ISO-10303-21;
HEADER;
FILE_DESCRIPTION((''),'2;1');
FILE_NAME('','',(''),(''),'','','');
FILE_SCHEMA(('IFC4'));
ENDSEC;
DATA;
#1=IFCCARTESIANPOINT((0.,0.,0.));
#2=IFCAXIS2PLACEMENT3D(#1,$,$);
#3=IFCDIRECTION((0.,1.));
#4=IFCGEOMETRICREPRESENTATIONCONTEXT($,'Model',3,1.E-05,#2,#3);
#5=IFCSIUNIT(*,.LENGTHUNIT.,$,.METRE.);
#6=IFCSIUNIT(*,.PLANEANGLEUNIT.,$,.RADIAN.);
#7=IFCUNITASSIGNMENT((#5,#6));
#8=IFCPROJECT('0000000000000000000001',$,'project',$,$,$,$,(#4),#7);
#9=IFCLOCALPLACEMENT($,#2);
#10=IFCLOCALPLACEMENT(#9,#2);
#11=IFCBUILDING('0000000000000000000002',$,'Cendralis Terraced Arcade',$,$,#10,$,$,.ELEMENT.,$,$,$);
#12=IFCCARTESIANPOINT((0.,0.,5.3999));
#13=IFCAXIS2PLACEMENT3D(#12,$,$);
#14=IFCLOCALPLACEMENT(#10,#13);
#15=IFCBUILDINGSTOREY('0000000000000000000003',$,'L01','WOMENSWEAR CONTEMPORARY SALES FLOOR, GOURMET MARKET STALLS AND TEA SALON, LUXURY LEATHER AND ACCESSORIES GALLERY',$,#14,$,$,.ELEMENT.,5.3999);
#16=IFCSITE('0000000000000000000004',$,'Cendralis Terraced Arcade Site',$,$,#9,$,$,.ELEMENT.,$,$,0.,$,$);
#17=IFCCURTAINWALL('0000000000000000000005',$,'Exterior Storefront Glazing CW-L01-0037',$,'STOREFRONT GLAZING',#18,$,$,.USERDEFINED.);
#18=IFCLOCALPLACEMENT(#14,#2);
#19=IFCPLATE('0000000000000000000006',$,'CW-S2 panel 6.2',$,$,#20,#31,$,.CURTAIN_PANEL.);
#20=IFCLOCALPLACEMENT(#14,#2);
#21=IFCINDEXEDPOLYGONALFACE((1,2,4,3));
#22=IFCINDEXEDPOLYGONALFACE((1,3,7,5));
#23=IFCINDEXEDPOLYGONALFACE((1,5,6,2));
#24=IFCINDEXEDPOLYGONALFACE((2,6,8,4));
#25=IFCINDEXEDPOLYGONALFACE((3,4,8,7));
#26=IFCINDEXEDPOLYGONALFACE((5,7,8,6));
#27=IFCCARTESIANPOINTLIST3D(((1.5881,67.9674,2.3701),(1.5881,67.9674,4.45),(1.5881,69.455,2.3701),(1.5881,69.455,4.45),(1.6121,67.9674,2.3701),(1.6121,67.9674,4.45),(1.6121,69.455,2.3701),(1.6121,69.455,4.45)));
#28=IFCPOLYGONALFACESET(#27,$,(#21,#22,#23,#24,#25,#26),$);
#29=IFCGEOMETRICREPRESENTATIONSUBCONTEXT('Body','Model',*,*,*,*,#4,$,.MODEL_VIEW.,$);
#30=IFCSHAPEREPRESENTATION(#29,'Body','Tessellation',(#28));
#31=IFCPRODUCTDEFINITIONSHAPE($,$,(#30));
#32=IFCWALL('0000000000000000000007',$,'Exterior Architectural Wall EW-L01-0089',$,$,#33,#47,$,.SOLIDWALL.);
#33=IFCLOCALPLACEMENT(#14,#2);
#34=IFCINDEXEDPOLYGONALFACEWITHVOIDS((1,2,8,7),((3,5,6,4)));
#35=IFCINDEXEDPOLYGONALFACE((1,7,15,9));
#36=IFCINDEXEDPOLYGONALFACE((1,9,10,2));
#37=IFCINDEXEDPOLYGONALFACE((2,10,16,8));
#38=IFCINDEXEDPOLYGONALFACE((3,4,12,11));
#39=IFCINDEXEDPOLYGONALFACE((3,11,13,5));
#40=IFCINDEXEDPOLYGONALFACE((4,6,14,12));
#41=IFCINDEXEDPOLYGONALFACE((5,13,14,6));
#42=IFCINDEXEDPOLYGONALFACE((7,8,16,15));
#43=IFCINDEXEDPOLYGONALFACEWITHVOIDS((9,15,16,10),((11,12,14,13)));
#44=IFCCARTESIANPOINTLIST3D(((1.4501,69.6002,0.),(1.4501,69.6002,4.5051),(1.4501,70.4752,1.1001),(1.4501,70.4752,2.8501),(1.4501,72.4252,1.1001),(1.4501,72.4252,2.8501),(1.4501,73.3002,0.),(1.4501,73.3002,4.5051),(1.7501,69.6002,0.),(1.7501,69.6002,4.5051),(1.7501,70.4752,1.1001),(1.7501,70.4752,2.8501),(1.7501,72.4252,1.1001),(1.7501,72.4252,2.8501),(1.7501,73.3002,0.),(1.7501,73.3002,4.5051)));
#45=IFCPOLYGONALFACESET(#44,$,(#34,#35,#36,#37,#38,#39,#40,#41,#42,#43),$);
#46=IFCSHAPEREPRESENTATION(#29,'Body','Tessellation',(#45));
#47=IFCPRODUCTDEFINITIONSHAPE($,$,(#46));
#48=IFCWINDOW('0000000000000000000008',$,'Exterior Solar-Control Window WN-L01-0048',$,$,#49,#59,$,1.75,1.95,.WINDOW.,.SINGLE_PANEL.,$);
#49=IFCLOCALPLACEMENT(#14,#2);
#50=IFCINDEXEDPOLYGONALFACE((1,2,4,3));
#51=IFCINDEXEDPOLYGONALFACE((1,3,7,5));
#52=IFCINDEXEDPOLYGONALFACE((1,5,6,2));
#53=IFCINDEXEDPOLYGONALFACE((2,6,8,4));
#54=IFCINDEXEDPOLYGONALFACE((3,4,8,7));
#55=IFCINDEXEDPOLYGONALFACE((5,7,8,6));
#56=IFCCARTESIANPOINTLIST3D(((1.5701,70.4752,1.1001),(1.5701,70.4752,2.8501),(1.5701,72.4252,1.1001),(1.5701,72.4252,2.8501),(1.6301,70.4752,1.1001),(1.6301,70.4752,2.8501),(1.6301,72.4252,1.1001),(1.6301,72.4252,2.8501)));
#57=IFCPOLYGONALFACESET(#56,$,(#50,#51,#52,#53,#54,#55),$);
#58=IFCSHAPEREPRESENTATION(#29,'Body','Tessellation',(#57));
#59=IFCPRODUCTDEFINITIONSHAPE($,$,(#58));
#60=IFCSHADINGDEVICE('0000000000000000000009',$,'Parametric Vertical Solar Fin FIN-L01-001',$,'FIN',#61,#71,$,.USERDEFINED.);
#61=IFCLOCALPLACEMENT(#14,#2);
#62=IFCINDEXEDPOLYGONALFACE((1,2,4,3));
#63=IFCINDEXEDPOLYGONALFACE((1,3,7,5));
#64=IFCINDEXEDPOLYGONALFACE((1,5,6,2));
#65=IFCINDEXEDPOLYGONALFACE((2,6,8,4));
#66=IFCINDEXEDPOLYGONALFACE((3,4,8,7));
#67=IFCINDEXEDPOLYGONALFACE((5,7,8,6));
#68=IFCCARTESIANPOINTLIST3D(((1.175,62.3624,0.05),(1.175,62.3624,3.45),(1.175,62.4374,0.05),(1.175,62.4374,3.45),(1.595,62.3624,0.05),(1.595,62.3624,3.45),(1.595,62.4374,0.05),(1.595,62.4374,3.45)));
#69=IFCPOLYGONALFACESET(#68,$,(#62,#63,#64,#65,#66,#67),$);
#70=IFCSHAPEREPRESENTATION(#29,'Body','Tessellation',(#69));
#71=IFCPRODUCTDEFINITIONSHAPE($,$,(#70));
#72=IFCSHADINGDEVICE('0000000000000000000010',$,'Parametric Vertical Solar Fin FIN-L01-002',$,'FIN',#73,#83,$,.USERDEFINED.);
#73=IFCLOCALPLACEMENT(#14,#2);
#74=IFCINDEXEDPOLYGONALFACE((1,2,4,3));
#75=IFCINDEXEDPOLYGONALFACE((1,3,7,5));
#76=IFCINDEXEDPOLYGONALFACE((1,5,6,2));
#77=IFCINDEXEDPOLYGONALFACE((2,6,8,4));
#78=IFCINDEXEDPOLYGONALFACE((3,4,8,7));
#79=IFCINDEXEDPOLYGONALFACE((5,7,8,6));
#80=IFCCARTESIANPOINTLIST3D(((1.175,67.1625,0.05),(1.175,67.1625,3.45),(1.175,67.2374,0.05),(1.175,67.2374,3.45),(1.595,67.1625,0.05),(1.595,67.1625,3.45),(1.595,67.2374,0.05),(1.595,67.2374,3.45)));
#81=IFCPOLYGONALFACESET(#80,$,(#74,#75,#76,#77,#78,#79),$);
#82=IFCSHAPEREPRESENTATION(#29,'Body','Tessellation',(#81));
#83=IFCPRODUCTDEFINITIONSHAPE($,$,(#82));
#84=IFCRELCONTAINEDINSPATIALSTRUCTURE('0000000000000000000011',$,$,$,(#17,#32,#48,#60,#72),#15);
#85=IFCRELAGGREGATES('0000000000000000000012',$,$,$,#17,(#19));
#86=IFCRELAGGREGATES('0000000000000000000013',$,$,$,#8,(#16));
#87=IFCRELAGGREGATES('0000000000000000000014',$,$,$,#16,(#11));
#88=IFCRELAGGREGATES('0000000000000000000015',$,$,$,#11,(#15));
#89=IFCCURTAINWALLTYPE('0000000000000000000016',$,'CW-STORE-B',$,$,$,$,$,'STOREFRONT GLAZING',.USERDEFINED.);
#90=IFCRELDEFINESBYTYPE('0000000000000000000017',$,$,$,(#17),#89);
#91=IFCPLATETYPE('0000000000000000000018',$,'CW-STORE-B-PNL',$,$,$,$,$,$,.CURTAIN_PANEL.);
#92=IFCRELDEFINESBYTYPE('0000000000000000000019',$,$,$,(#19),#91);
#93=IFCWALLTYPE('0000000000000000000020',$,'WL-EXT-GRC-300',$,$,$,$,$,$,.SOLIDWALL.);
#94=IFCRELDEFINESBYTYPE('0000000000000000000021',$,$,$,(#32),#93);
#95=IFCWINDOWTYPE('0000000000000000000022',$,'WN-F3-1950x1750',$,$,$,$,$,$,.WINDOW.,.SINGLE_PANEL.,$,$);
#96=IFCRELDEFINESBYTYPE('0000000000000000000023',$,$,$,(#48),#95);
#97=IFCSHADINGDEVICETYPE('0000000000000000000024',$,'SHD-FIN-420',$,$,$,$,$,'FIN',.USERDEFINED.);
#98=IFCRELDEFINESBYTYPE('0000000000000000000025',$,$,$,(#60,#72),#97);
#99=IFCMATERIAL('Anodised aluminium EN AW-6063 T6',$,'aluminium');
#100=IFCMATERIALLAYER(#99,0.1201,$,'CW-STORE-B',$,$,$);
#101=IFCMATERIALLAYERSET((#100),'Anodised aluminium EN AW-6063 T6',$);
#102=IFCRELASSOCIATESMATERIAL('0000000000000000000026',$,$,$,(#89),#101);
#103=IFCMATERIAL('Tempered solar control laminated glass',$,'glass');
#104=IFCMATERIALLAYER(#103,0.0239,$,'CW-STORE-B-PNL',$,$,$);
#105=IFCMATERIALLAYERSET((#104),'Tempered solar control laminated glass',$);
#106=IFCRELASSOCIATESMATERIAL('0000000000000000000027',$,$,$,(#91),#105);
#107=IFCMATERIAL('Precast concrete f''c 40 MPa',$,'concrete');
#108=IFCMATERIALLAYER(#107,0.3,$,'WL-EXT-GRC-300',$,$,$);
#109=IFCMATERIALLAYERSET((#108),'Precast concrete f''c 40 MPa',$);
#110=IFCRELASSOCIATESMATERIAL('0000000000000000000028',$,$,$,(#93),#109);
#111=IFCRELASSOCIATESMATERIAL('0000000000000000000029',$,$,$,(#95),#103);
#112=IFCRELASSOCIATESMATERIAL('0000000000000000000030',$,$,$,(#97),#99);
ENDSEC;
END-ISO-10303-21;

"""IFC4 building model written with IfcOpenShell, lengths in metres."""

from ifc_helpers import new_model, si_unit, direction, frame, frame_2d, origin, origin_2d, place, context, subcontext, project, spatial, rectangle, extrude, material, layer, layer_set, type_object, element, fill, aggregate, save


model = new_model("IFC4")

# Units and contexts
model_context = context("Model", 3, precision=1e-05, world=origin(), true_north=direction((0.0, 1.0)))
body_context = subcontext(model_context, "Body", "Model", "MODEL_VIEW")
ifc_project = project(units=[si_unit("LENGTHUNIT", "METRE"), si_unit("PLANEANGLEUNIT", "RADIAN")], contexts=[model_context])

# Site, building, storey
site_placement = place(None, origin())
site = spatial("IfcSite", under=ifc_project, at=site_placement, Name="Cendralis Terraced Arcade Site", CompositionType="ELEMENT", RefElevation=0.0)
building_placement = place(site_placement, origin())
building = spatial("IfcBuilding", under=site, at=building_placement, Name="Cendralis Terraced Arcade", CompositionType="ELEMENT")
storey_placement = place(building_placement, frame((0.0, 0.0, 5.3999)))
storey = spatial("IfcBuildingStorey", under=building, at=storey_placement, Name="L01", Description="WOMENSWEAR CONTEMPORARY SALES FLOOR, GOURMET MARKET STALLS AND TEA SALON, LUXURY LEATHER AND ACCESSORIES GALLERY", CompositionType="ELEMENT", Elevation=5.3999)

# Curtain wall, plate
ifc_material_1 = material(Name="Anodised aluminium EN AW-6063 T6", Category="aluminium")
ifc_layer_1 = layer(ifc_material_1, 0.1201, Name="CW-STORE-B")
ifc_layer_set_1 = layer_set([ifc_layer_1], Name="Anodised aluminium EN AW-6063 T6")
curtain_wall_type = type_object("IfcCurtainWallType", Name="CW-STORE-B", ElementType="STOREFRONT GLAZING", PredefinedType="USERDEFINED", material=ifc_layer_set_1)
curtain_wall_placement = place(storey_placement, origin())
curtain_wall = element("IfcCurtainWall", 1, at=curtain_wall_placement, inside=storey, type_object=curtain_wall_type, Name="Exterior Storefront Glazing CW-L01-0037", ObjectType="STOREFRONT GLAZING", PredefinedType="USERDEFINED")
ifc_material_2 = material(Name="Tempered solar control laminated glass", Category="glass")
ifc_layer_2 = layer(ifc_material_2, 0.0239, Name="CW-STORE-B-PNL")
ifc_layer_set_2 = layer_set([ifc_layer_2], Name="Tempered solar control laminated glass")
plate_type = type_object("IfcPlateType", Name="CW-STORE-B-PNL", PredefinedType="CURTAIN_PANEL", material=ifc_layer_set_2)
plate_1_placement = place(storey_placement, frame((1.6001, 68.7112, 2.3701), z_axis=(0.0, 0.0, 1.0), x_axis=(0.0, 1.0, 0.0)))
plate_1 = element("IfcPlate", 2, at=plate_1_placement, type_object=plate_type, Name="CW-S2 panel 6.2", PredefinedType="CURTAIN_PANEL", context=body_context, shape_type="SweptSolid", body=[
    extrude(rectangle(XDim=1.4875, YDim=0.0239, at=origin_2d()), origin(), (0.0, 0.0, 1.0), 2.0798),
])
aggregate(curtain_wall, [plate_1])

# Wall, opening, window
ifc_material_3 = material(Name="Precast concrete f'c 40 MPa", Category="concrete")
ifc_layer_3 = layer(ifc_material_3, 0.3, Name="WL-EXT-GRC-300")
ifc_layer_set_3 = layer_set([ifc_layer_3], Name="Precast concrete f'c 40 MPa")
wall_type = type_object("IfcWallType", Name="WL-EXT-GRC-300", PredefinedType="SOLIDWALL", material=ifc_layer_set_3)
wall_placement = place(storey_placement, frame((1.6001, 69.6001, 0.0), z_axis=(0.0, 0.0, 1.0), x_axis=(0.0, 1.0, 0.0)))
wall = element("IfcWall", 3, at=wall_placement, inside=storey, type_object=wall_type, Name="Exterior Architectural Wall EW-L01-0089", PredefinedType="SOLIDWALL", context=body_context, shape_type="SweptSolid", body=[
    extrude(rectangle(XDim=3.7, YDim=0.3, at=frame_2d((1.8501, 0.0))), origin(), (0.0, 0.0, 1.0), 4.5051),
])
opening_placement = place(wall_placement, frame((0.875, 0.0, 1.1001)))
opening = element("IfcOpeningElement", 4, at=opening_placement, cuts=wall, PredefinedType="OPENING", context=body_context, shape_type="SweptSolid", body=[
    extrude(rectangle(XDim=1.95, YDim=1.75, at=frame_2d((0.9751, 0.875))), frame((0.0, 0.1621, 0.0), z_axis=(0.0, -1.0, 0.0), x_axis=(1.0, 0.0, 0.0)), (0.0, 0.0, 1.0), 0.324),
])
window_type = type_object("IfcWindowType", Name="WN-F3-1950x1750", PartitioningType="SINGLE_PANEL", PredefinedType="WINDOW", material=ifc_material_2)
window_placement = place(opening_placement, origin())
window = element("IfcWindow", 5, at=window_placement, inside=storey, type_object=window_type, Name="Exterior Solar-Control Window WN-L01-0048", OverallHeight=1.75, OverallWidth=1.95, PartitioningType="SINGLE_PANEL", PredefinedType="WINDOW", context=body_context, shape_type="SweptSolid", body=[
    extrude(rectangle(XDim=1.95, YDim=1.75, at=frame_2d((0.9751, 0.875))), frame((0.0, 0.03, 0.0), z_axis=(0.0, -1.0, 0.0), x_axis=(1.0, 0.0, 0.0)), (0.0, 0.0, 1.0), 0.0601),
])
fill(opening, window)

# Shading devices
shading_device_type = type_object("IfcShadingDeviceType", Name="SHD-FIN-420", ElementType="FIN", PredefinedType="USERDEFINED", material=ifc_material_1)
for number, where, z_axis, x_axis, name in (
    (6, (1.385, 62.3999, 0.05), (0.0, 0.0, 1.0), (0.0, 1.0, 0.0), "Parametric Vertical Solar Fin FIN-L01-001"),
    (7, (1.385, 67.2, 0.05), (0.0, 0.0, 1.0), (0.0, 1.0, 0.0), "Parametric Vertical Solar Fin FIN-L01-002"),
):
    element("IfcShadingDevice", number, at=place(storey_placement, frame(where, z_axis=z_axis, x_axis=x_axis)), inside=storey, type_object=shading_device_type, Name=name, ObjectType="FIN", PredefinedType="USERDEFINED", context=body_context, shape_type="SweptSolid", body=[
        extrude(rectangle(XDim=0.075, YDim=0.4199, at=origin_2d()), origin(), (0.0, 0.0, 1.0), 3.3999),
    ])

save(model, "model.ifc")
